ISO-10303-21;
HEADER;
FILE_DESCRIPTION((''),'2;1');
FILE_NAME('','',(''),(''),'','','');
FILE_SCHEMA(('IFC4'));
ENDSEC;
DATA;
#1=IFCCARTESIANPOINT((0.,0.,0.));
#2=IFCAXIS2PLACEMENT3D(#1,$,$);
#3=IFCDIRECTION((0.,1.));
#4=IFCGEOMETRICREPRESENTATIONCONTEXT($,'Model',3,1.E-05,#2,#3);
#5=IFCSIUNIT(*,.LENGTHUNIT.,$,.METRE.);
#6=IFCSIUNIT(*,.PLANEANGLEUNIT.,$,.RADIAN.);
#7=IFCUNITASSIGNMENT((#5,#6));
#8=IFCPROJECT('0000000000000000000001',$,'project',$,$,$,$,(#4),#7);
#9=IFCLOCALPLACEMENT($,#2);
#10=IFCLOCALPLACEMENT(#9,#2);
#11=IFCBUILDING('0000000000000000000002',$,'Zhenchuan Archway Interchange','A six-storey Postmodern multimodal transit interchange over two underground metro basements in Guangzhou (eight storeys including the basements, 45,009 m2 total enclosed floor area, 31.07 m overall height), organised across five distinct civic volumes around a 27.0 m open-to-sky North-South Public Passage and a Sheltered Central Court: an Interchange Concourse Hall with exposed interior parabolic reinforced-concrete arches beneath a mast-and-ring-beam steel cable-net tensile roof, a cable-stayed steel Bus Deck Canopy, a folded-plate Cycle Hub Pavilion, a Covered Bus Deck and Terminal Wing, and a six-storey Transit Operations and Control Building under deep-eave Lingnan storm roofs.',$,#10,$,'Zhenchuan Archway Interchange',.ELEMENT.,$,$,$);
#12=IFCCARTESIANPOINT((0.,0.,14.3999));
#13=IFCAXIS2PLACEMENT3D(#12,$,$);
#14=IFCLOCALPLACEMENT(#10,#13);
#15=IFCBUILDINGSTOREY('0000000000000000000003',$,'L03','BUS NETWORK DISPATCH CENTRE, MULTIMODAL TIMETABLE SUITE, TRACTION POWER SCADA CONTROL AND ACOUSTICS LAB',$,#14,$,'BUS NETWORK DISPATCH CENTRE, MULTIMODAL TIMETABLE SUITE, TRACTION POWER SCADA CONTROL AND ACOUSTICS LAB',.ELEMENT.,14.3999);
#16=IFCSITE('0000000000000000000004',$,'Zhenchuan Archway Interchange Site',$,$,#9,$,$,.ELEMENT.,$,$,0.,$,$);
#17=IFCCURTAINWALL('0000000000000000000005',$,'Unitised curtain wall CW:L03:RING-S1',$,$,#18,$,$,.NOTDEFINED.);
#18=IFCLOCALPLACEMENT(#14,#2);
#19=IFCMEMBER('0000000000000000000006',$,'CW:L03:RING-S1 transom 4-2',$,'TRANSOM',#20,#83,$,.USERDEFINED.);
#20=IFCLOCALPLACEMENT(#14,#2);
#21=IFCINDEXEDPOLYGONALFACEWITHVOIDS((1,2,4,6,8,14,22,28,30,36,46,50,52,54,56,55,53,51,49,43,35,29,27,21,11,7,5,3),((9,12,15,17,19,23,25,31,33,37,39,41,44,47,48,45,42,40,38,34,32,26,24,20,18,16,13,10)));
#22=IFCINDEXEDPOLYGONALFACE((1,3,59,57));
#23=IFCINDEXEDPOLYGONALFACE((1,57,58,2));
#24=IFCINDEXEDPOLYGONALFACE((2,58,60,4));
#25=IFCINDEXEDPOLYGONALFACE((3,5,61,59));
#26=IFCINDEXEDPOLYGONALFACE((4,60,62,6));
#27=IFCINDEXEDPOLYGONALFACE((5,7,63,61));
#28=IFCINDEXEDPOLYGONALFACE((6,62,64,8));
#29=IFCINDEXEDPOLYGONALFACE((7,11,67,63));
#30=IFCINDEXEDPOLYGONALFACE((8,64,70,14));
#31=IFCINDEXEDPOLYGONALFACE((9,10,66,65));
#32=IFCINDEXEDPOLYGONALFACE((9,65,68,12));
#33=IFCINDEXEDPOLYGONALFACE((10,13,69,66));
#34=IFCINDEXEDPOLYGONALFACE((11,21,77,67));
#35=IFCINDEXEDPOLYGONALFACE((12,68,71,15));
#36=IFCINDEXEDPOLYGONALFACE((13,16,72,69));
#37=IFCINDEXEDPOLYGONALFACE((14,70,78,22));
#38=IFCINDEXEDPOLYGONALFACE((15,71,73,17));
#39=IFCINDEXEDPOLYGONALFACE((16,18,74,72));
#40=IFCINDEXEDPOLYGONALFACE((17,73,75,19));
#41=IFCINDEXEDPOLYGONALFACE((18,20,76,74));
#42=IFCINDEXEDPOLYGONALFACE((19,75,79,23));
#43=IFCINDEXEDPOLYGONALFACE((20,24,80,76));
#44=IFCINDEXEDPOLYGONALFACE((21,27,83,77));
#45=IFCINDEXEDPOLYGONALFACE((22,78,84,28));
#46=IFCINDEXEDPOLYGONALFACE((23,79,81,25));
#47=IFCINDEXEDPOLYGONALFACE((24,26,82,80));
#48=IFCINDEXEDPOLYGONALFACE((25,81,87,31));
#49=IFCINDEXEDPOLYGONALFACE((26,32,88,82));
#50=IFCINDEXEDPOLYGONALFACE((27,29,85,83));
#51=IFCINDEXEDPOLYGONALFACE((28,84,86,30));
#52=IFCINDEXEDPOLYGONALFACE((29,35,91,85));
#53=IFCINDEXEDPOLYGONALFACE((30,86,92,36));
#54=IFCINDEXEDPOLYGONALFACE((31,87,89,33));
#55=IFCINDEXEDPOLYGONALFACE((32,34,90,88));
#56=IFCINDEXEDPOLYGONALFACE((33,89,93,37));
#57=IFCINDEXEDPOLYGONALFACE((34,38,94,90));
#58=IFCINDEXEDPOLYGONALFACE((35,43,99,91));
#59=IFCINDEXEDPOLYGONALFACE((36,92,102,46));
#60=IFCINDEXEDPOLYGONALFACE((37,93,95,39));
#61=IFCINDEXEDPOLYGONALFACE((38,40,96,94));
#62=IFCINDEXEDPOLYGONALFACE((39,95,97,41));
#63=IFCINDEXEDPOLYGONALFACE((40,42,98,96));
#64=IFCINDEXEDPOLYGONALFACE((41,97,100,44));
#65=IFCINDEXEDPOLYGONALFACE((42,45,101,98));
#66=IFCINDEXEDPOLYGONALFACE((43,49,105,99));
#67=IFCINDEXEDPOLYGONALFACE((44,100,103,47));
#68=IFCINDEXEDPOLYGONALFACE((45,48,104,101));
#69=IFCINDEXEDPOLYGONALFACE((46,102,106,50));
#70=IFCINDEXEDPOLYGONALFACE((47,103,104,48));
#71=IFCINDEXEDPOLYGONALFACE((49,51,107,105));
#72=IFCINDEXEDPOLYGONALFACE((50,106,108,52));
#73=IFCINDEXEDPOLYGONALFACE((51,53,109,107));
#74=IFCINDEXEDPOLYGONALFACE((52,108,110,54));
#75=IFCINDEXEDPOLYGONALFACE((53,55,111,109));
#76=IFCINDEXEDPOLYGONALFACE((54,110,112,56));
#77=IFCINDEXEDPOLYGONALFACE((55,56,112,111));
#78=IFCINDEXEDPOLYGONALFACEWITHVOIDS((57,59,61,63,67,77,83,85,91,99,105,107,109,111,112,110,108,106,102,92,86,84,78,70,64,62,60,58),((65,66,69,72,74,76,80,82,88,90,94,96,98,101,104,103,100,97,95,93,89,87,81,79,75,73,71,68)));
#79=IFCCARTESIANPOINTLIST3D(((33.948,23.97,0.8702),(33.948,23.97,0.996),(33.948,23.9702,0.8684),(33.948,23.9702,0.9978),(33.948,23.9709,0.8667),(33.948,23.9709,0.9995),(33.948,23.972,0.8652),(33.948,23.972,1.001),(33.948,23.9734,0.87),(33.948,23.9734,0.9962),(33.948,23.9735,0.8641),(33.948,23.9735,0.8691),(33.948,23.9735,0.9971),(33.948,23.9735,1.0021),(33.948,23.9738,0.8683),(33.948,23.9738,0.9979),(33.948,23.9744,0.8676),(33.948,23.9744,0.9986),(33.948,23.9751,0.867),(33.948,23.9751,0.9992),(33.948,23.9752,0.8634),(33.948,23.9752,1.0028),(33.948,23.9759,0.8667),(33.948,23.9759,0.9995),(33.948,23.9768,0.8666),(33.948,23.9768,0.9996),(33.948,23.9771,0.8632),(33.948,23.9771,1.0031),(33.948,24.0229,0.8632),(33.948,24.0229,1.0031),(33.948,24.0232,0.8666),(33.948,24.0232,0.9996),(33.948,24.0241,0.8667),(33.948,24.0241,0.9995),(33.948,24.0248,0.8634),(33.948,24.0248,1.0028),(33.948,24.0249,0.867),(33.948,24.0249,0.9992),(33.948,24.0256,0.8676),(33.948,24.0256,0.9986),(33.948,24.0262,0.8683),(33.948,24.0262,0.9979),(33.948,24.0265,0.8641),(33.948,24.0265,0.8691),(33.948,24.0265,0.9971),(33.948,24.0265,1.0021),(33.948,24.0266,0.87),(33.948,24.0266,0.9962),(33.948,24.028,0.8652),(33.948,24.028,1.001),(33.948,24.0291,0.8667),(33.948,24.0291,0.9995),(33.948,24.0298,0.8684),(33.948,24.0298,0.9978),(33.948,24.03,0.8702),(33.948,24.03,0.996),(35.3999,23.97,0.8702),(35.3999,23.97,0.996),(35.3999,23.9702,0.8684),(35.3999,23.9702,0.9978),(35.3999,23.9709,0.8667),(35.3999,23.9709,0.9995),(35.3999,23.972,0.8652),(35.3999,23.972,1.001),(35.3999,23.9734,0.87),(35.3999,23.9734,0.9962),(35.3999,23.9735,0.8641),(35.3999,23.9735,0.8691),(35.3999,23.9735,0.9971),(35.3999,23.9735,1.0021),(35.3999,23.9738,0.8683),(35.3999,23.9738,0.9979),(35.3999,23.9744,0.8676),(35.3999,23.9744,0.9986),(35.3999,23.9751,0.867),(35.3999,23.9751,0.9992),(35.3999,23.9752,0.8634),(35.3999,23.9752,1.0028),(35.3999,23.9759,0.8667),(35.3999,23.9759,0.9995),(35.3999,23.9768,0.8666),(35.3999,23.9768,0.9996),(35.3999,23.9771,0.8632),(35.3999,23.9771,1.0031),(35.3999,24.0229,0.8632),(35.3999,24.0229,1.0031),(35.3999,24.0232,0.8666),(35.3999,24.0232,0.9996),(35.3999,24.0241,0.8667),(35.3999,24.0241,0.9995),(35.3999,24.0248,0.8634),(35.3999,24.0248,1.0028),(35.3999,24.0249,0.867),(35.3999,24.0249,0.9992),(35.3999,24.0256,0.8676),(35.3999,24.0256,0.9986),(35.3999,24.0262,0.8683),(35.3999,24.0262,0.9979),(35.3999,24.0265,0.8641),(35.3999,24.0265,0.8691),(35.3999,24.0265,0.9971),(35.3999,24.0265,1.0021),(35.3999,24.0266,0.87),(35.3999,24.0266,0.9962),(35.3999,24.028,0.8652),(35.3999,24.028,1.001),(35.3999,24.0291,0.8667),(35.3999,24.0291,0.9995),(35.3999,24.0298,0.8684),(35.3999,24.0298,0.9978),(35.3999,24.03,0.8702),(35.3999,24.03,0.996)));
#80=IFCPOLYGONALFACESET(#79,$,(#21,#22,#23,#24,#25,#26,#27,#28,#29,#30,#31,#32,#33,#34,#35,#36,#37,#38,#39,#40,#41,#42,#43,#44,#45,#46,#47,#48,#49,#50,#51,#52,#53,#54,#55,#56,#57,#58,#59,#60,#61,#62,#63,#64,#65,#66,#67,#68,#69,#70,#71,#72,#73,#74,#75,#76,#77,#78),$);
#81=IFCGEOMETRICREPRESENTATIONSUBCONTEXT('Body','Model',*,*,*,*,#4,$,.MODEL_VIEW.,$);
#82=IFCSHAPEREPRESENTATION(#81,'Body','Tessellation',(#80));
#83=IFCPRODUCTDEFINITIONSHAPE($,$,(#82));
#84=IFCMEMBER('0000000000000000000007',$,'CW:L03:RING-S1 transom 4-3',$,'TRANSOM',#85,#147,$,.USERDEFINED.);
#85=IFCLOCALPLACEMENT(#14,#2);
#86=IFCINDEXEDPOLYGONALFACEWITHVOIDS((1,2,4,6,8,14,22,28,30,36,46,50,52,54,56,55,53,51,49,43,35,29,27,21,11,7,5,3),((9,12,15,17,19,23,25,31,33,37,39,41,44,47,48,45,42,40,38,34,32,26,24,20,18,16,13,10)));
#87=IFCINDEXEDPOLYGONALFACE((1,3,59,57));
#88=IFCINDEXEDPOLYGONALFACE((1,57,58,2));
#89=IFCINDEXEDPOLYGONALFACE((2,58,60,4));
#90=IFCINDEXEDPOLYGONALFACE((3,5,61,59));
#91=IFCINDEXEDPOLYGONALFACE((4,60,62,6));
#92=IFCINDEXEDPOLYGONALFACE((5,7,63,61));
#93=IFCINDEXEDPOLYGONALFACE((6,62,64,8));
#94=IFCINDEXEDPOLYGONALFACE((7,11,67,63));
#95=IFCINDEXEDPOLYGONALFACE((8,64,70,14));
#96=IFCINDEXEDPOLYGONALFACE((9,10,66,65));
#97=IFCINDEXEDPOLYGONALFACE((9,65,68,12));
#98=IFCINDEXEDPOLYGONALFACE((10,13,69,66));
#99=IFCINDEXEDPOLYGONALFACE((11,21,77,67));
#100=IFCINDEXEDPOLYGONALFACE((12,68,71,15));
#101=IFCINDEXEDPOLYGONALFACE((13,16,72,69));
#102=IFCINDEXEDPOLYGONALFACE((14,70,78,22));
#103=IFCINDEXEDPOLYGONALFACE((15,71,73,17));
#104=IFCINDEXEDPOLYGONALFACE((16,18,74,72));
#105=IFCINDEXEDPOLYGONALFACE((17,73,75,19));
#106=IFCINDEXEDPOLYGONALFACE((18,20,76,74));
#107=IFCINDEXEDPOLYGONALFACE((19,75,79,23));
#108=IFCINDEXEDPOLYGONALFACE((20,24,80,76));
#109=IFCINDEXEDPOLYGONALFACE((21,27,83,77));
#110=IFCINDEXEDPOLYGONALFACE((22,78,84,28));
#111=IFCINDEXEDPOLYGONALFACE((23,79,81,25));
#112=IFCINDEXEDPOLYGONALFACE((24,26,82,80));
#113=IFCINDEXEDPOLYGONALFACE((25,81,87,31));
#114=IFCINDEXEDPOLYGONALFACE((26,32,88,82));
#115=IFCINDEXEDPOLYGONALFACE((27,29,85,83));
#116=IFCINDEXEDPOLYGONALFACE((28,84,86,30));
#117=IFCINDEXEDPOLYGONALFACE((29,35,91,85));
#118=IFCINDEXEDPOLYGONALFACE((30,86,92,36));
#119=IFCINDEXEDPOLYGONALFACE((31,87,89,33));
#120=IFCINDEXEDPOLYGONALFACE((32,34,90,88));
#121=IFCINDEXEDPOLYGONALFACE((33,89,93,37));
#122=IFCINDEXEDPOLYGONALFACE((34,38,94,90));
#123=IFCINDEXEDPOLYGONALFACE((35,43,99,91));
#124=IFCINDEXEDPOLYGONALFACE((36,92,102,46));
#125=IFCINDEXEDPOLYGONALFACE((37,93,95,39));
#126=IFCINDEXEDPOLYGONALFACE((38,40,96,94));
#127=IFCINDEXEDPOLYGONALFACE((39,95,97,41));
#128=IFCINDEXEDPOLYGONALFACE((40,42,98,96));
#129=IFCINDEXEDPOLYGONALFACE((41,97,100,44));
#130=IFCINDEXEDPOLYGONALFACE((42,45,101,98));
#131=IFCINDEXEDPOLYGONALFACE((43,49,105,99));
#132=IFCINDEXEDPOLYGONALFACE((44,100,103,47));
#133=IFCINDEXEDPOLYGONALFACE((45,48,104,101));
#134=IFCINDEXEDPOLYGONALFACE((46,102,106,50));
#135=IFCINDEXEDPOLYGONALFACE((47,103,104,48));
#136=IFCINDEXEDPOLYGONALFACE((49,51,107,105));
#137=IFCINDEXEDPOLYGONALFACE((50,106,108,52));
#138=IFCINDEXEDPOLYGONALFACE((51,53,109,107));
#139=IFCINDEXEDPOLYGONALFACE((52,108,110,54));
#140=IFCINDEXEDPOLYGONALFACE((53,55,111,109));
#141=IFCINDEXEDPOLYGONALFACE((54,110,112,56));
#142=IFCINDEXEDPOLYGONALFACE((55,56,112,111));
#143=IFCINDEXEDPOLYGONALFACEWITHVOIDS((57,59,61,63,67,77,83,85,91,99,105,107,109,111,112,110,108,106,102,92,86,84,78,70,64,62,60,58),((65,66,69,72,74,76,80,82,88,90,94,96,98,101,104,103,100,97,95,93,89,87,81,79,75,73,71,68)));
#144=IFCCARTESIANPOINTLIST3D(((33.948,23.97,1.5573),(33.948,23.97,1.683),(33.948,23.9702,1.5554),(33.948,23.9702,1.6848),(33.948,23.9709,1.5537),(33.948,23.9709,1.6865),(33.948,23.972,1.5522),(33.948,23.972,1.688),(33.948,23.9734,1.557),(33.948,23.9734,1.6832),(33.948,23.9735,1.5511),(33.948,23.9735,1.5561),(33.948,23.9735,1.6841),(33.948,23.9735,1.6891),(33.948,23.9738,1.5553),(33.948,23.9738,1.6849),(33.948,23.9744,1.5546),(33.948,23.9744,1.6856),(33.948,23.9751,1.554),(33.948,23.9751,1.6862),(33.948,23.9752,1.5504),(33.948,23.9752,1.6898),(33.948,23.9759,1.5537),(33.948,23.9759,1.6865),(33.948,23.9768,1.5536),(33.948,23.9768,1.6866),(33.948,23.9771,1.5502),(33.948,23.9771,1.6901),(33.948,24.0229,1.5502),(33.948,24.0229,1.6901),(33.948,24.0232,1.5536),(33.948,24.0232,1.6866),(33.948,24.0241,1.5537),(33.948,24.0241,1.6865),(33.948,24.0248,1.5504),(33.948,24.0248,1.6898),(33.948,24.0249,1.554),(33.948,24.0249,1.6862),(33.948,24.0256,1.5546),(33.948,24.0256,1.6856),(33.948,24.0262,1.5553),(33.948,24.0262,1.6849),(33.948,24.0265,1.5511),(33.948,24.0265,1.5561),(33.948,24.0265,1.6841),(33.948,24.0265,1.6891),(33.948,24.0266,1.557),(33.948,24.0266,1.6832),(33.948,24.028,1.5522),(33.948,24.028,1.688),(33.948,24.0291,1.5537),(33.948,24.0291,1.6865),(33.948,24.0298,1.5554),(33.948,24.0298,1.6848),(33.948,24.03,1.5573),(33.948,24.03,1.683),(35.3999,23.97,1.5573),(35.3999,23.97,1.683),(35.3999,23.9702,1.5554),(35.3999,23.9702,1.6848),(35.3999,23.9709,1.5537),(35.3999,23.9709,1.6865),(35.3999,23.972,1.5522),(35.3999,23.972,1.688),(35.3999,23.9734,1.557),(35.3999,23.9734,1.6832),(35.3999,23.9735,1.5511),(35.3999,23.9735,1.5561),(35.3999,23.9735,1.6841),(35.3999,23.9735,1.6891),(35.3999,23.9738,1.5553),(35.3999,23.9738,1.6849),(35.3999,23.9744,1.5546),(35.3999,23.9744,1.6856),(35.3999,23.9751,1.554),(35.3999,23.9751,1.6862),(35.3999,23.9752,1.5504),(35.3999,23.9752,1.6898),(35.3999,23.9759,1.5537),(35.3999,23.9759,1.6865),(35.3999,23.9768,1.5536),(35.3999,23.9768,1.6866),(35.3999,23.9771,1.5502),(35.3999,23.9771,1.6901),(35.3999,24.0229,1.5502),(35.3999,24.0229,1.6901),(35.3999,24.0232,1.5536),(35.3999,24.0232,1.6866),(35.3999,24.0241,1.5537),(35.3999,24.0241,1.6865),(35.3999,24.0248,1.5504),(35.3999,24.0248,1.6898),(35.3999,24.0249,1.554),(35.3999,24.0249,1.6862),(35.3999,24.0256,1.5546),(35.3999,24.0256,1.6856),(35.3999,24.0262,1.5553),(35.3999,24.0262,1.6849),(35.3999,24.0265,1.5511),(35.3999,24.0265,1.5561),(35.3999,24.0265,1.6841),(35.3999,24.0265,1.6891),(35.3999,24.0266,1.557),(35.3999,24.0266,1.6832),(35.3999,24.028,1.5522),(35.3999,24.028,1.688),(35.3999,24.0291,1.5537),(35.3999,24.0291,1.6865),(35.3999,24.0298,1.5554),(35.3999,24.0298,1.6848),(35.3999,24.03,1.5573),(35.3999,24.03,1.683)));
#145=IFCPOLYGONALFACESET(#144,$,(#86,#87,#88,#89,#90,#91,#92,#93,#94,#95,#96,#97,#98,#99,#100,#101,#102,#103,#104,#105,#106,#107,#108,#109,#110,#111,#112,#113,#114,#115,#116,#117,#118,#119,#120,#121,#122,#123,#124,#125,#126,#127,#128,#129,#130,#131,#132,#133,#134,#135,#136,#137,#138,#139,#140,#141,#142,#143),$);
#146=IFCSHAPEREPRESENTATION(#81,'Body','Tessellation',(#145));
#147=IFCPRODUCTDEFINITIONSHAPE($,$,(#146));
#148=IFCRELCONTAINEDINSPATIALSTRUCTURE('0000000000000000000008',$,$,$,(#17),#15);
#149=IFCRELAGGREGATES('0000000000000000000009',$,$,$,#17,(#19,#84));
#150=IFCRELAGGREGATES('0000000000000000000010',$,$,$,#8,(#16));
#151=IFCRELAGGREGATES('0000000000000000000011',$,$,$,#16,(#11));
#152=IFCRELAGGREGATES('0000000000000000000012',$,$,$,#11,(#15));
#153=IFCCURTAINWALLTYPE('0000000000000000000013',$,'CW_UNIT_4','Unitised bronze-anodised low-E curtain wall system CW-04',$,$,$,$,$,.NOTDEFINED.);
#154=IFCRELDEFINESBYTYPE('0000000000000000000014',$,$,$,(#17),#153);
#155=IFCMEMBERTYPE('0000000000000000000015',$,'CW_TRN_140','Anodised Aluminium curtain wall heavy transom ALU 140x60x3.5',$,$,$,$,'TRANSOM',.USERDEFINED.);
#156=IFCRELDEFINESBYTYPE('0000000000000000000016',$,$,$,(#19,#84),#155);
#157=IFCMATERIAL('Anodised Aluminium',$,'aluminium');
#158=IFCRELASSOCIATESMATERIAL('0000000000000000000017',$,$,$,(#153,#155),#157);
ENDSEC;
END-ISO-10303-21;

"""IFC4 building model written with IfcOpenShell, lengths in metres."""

from ifc_helpers import new_model, si_unit, direction, frame, origin, origin_2d, place, context, subcontext, project, spatial, hollow_rectangle, extrude, material, material_profile, profile_set, type_object, element, aggregate, save


model = new_model("IFC4")

# Units and contexts
model_context = context("Model", 3, precision=1e-05, world=origin(), true_north=direction((0.0, 1.0)))
body_context = subcontext(model_context, "Body", "Model", "MODEL_VIEW")
ifc_project = project(units=[si_unit("LENGTHUNIT", "METRE"), si_unit("PLANEANGLEUNIT", "RADIAN")], contexts=[model_context])

# Site, building, storey
site_placement = place(None, origin())
site = spatial("IfcSite", under=ifc_project, at=site_placement, Name="Zhenchuan Archway Interchange Site", CompositionType="ELEMENT", RefElevation=0.0)
building_placement = place(site_placement, origin())
building = spatial("IfcBuilding", under=site, at=building_placement, Name="Zhenchuan Archway Interchange", Description="A six-storey Postmodern multimodal transit interchange over two underground metro basements in Guangzhou (eight storeys including the basements, 45,009 m2 total enclosed floor area, 31.07 m overall height), organised across five distinct civic volumes around a 27.0 m open-to-sky North-South Public Passage and a Sheltered Central Court: an Interchange Concourse Hall with exposed interior parabolic reinforced-concrete arches beneath a mast-and-ring-beam steel cable-net tensile roof, a cable-stayed steel Bus Deck Canopy, a folded-plate Cycle Hub Pavilion, a Covered Bus Deck and Terminal Wing, and a six-storey Transit Operations and Control Building under deep-eave Lingnan storm roofs.", LongName="Zhenchuan Archway Interchange", CompositionType="ELEMENT")
storey_placement = place(building_placement, frame((0.0, 0.0, 14.3999)))
storey = spatial("IfcBuildingStorey", under=building, at=storey_placement, Name="L03", Description="BUS NETWORK DISPATCH CENTRE, MULTIMODAL TIMETABLE SUITE, TRACTION POWER SCADA CONTROL AND ACOUSTICS LAB", LongName="BUS NETWORK DISPATCH CENTRE, MULTIMODAL TIMETABLE SUITE, TRACTION POWER SCADA CONTROL AND ACOUSTICS LAB", CompositionType="ELEMENT", Elevation=14.3999)

# Shared definitions
ifc_material_1 = material(Name="Anodised Aluminium", Category="aluminium")

# Curtain wall
curtain_wall_type_1 = type_object("IfcCurtainWallType", Name="CW_UNIT_4", Description="Unitised bronze-anodised low-E curtain wall system CW-04", PredefinedType="NOTDEFINED", material=ifc_material_1)
curtain_wall_1_placement = place(storey_placement, origin())
curtain_wall_1 = element("IfcCurtainWall", 1, at=curtain_wall_1_placement, inside=storey, type_object=curtain_wall_type_1, Name="Unitised curtain wall CW:L03:RING-S1", PredefinedType="NOTDEFINED")

# Members
ifc_material_profile_1 = material_profile(ifc_material_1, hollow_rectangle(XDim=0.0601, YDim=0.1399, WallThickness=0.0034, InnerFilletRadius=0.0034, OuterFilletRadius=0.0071, at=origin_2d()), Name="ALU 140x60x3.5")
ifc_profile_set_1 = profile_set([ifc_material_profile_1], Name="Anodised Aluminium")
member_type_1 = type_object("IfcMemberType", Name="CW_TRN_140", Description="Anodised Aluminium curtain wall heavy transom ALU 140x60x3.5", ElementType="TRANSOM", PredefinedType="USERDEFINED", material=ifc_profile_set_1)
member_1_placement = place(storey_placement, frame((33.948, 24.0, 0.9331), z_axis=(1.0, 0.0, 0.0), x_axis=(0.0, 1.0, 0.0)))
member_1 = element("IfcMember", 2, at=member_1_placement, type_object=member_type_1, Name="CW:L03:RING-S1 transom 4-2", ObjectType="TRANSOM", PredefinedType="USERDEFINED", context=body_context, shape_type="SweptSolid", body=[
    extrude(hollow_rectangle(XDim=0.0601, YDim=0.1399, WallThickness=0.0034, InnerFilletRadius=0.0034, OuterFilletRadius=0.0071, at=origin_2d()), origin(), (0.0, 0.0, 1.0), 1.4519),
])
member_2_placement = place(storey_placement, frame((33.948, 24.0, 1.6201), z_axis=(1.0, 0.0, 0.0), x_axis=(0.0, 1.0, 0.0)))
member_2 = element("IfcMember", 3, at=member_2_placement, type_object=member_type_1, Name="CW:L03:RING-S1 transom 4-3", ObjectType="TRANSOM", PredefinedType="USERDEFINED", context=body_context, shape_type="SweptSolid", body=[
    extrude(hollow_rectangle(XDim=0.0601, YDim=0.1399, WallThickness=0.0034, InnerFilletRadius=0.0034, OuterFilletRadius=0.0071, at=origin_2d()), origin(), (0.0, 0.0, 1.0), 1.4519),
])

aggregate(curtain_wall_1, [member_1, member_2])

save(model, "model.ifc")
